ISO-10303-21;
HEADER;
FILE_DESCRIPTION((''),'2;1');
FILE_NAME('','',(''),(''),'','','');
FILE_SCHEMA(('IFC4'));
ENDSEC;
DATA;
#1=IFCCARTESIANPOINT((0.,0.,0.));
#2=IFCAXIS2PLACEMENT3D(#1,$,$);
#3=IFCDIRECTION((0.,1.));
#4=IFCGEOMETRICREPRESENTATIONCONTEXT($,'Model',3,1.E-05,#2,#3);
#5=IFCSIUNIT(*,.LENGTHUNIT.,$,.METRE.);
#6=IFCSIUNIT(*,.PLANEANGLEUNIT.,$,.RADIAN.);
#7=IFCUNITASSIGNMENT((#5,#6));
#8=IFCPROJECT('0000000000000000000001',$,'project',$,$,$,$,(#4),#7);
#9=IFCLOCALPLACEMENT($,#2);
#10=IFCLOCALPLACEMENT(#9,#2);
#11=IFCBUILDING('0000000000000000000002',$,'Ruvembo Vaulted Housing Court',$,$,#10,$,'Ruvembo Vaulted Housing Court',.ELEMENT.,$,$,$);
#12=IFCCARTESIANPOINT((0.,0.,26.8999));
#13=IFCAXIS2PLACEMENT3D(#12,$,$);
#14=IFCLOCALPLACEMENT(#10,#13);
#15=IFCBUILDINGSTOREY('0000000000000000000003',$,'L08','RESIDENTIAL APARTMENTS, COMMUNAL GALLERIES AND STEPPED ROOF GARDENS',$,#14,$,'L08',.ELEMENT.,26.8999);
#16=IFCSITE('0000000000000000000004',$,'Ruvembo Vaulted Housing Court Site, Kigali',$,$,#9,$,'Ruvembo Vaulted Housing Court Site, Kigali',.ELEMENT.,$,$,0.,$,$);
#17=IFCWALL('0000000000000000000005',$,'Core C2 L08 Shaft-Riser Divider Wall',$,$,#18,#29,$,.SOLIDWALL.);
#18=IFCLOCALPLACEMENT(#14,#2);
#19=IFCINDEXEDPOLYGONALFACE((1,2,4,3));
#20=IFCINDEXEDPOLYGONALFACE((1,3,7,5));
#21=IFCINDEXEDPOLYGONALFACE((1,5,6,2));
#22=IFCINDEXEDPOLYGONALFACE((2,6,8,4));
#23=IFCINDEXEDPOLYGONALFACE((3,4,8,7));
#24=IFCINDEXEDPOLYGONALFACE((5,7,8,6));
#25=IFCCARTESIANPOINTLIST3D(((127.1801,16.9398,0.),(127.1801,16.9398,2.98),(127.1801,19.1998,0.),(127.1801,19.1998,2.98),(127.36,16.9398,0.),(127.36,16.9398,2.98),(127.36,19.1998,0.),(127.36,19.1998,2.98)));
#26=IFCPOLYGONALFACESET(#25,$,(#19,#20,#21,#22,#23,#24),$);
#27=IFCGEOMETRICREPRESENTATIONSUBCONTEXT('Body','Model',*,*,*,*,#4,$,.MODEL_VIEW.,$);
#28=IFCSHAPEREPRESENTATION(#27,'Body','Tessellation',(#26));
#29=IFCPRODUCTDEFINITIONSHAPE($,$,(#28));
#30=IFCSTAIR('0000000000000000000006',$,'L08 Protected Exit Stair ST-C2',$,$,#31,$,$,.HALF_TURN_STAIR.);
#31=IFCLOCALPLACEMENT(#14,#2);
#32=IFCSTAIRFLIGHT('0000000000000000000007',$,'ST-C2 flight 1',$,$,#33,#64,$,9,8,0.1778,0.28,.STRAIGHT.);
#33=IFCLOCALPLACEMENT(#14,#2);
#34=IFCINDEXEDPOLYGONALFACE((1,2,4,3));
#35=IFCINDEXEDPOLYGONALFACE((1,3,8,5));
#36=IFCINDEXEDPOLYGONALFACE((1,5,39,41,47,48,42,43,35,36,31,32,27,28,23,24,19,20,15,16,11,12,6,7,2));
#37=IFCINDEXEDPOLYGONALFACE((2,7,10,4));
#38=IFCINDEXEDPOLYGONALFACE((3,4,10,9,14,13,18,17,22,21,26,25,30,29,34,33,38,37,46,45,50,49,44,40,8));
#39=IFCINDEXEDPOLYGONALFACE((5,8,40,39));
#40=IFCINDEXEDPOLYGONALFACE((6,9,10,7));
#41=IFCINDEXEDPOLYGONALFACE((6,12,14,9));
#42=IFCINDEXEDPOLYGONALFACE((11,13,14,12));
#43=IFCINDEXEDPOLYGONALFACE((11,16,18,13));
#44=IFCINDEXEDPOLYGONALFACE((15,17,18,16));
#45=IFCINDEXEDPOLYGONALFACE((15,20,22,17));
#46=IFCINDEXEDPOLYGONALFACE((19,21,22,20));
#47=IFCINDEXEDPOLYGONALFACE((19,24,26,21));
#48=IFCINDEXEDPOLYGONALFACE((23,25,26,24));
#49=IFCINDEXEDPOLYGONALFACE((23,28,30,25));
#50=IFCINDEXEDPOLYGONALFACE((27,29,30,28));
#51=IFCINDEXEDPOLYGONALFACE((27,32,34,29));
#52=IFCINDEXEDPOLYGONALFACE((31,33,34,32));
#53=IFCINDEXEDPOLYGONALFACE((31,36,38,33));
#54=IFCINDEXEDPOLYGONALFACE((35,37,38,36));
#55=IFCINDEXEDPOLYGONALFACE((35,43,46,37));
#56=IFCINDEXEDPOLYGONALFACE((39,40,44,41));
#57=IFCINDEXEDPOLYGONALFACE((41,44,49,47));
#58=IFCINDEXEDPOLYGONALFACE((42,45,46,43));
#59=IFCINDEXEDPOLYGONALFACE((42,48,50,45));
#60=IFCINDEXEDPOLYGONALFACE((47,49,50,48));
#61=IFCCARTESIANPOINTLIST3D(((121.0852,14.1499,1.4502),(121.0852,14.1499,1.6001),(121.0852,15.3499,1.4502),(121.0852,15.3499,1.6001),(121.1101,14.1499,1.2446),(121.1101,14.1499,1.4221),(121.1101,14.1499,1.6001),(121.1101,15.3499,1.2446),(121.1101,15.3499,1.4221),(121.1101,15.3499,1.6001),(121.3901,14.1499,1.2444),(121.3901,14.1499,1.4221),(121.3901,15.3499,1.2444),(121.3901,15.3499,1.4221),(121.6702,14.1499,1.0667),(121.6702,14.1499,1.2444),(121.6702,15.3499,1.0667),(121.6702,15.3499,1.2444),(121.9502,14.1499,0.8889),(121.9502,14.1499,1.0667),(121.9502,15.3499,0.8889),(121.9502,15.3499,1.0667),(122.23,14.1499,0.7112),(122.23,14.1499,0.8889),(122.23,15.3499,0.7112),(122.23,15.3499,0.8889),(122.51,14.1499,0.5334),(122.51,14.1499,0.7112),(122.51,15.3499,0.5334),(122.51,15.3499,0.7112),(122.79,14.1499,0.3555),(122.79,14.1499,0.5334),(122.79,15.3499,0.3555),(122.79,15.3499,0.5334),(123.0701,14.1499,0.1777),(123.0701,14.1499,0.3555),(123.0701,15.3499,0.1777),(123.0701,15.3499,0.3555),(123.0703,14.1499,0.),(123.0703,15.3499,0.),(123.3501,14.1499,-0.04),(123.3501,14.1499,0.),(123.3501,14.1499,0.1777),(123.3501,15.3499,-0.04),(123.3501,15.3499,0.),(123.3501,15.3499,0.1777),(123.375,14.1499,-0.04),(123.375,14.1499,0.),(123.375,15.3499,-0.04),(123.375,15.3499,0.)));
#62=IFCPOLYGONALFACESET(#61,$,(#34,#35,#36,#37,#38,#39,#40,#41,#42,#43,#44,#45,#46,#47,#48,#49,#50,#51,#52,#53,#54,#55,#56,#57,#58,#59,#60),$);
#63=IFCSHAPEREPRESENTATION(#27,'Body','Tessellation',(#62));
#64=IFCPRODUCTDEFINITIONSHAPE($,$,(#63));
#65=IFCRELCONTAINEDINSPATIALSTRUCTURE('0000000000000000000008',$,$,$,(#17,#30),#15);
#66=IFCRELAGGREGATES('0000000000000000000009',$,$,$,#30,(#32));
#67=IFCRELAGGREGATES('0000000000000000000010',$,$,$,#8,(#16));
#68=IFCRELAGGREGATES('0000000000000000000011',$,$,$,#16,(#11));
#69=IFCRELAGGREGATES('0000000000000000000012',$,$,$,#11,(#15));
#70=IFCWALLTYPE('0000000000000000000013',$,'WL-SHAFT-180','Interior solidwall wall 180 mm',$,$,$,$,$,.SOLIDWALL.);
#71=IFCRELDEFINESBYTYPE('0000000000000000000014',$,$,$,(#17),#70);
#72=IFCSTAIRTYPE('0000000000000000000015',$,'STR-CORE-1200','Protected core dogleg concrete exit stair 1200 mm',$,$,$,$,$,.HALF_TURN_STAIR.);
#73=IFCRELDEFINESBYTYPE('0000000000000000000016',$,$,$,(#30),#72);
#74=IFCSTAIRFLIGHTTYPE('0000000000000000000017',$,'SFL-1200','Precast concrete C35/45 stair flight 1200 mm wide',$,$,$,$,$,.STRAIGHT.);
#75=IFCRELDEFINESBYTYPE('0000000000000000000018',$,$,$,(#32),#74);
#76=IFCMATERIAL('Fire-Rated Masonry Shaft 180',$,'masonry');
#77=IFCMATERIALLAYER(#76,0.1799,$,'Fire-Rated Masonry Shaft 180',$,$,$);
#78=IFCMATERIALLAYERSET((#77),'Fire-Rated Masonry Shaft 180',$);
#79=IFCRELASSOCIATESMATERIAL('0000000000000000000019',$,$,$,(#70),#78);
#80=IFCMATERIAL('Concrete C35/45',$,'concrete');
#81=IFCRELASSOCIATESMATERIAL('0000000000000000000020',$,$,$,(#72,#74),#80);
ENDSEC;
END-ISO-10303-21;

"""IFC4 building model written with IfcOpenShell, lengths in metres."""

from ifc_helpers import new_model, si_unit, direction, frame, frame_2d, origin, place, context, subcontext, project, spatial, polyline, rectangle, outline, extrude, material, layer, layer_set, type_object, element, aggregate, save


model = new_model("IFC4")

# Units and contexts
model_context = context("Model", 3, precision=1e-05, world=origin(), true_north=direction((0.0, 1.0)))
body_context = subcontext(model_context, "Body", "Model", "MODEL_VIEW")
ifc_project = project(units=[si_unit("LENGTHUNIT", "METRE"), si_unit("PLANEANGLEUNIT", "RADIAN")], contexts=[model_context])

# Site, building, storey
site_placement = place(None, origin())
site = spatial("IfcSite", under=ifc_project, at=site_placement, Name="Ruvembo Vaulted Housing Court Site, Kigali", LongName="Ruvembo Vaulted Housing Court Site, Kigali", CompositionType="ELEMENT", RefElevation=0.0)
building_placement = place(site_placement, origin())
building = spatial("IfcBuilding", under=site, at=building_placement, Name="Ruvembo Vaulted Housing Court", LongName="Ruvembo Vaulted Housing Court", CompositionType="ELEMENT")
storey_placement = place(building_placement, frame((0.0, 0.0, 26.8999)))
storey = spatial("IfcBuildingStorey", under=building, at=storey_placement, Name="L08", Description="RESIDENTIAL APARTMENTS, COMMUNAL GALLERIES AND STEPPED ROOF GARDENS", LongName="L08", CompositionType="ELEMENT", Elevation=26.8999)

# Shared definitions
ifc_material_1 = material(Name="Concrete C35/45", Category="concrete")

# Shared definitions
ifc_material_2 = material(Name="Fire-Rated Masonry Shaft 180", Category="masonry")
ifc_layer_1 = layer(ifc_material_2, 0.1799, Name="Fire-Rated Masonry Shaft 180")
ifc_layer_set_1 = layer_set([ifc_layer_1], Name="Fire-Rated Masonry Shaft 180")
wall_type_1 = type_object("IfcWallType", Name="WL-SHAFT-180", Description="Interior solidwall wall 180 mm", PredefinedType="SOLIDWALL", material=ifc_layer_set_1)

# Wall
wall_1_placement = place(storey_placement, frame((127.27, 16.9399, 0.0), z_axis=(0.0, 0.0, 1.0), x_axis=(0.0, 1.0, 0.0)))
element("IfcWall", 1, at=wall_1_placement, inside=storey, type_object=wall_type_1, Name="Core C2 L08 Shaft-Riser Divider Wall", PredefinedType="SOLIDWALL", context=body_context, shape_type="SweptSolid", body=[
    extrude(rectangle(XDim=2.26, YDim=0.1799, at=frame_2d((1.1299, 0.0))), origin(), (0.0, 0.0, 1.0), 2.98),
])

# Stair, stair flight
stair_type = type_object("IfcStairType", Name="STR-CORE-1200", Description="Protected core dogleg concrete exit stair 1200 mm", PredefinedType="HALF_TURN_STAIR", material=ifc_material_1)
stair_placement = place(storey_placement, origin())
stair = element("IfcStair", 2, at=stair_placement, inside=storey, type_object=stair_type, Name="L08 Protected Exit Stair ST-C2", PredefinedType="HALF_TURN_STAIR")
stair_flight_type = type_object("IfcStairFlightType", Name="SFL-1200", Description="Precast concrete C35/45 stair flight 1200 mm wide", PredefinedType="STRAIGHT", material=ifc_material_1)
stair_flight_placement = place(storey_placement, frame((123.3501, 14.75, 0.0), z_axis=(0.0, 0.0, 1.0), x_axis=(-1.0, 0.0, 0.0)))
stair_flight = element("IfcStairFlight", 3, at=stair_flight_placement, type_object=stair_flight_type, Name="ST-C2 flight 1", NumberOfRisers=9, NumberOfTreads=8, PredefinedType="STRAIGHT", RiserHeight=0.1778, TreadLength=0.28, context=body_context, shape_type="SweptSolid", body=[
    extrude(outline(polyline([(-0.0249, -0.04), (-0.0249, 0.0), (0.0, 0.0), (0.0, 0.1777), (0.28, 0.1777), (0.28, 0.3555), (0.5601, 0.3555), (0.5601, 0.5334), (0.8401, 0.5334), (0.8401, 0.7112), (1.1201, 0.7112), (1.1201, 0.8889), (1.3999, 0.8889), (1.3999, 1.0667), (1.6799, 1.0667), (1.6799, 1.2444), (1.96, 1.2444), (1.96, 1.4221), (2.24, 1.4221), (2.24, 1.6001), (2.2649, 1.6001), (2.2649, 1.4502), (2.24, 1.2446), (0.2798, 0.0), (0.0, -0.04), (-0.0249, -0.04)])), frame((0.0, 0.6001, 0.0), z_axis=(0.0, -1.0, 0.0), x_axis=(1.0, 0.0, 0.0)), (0.0, 0.0, 1.0), 1.2),
])
aggregate(stair, [stair_flight])

save(model, "model.ifc")
